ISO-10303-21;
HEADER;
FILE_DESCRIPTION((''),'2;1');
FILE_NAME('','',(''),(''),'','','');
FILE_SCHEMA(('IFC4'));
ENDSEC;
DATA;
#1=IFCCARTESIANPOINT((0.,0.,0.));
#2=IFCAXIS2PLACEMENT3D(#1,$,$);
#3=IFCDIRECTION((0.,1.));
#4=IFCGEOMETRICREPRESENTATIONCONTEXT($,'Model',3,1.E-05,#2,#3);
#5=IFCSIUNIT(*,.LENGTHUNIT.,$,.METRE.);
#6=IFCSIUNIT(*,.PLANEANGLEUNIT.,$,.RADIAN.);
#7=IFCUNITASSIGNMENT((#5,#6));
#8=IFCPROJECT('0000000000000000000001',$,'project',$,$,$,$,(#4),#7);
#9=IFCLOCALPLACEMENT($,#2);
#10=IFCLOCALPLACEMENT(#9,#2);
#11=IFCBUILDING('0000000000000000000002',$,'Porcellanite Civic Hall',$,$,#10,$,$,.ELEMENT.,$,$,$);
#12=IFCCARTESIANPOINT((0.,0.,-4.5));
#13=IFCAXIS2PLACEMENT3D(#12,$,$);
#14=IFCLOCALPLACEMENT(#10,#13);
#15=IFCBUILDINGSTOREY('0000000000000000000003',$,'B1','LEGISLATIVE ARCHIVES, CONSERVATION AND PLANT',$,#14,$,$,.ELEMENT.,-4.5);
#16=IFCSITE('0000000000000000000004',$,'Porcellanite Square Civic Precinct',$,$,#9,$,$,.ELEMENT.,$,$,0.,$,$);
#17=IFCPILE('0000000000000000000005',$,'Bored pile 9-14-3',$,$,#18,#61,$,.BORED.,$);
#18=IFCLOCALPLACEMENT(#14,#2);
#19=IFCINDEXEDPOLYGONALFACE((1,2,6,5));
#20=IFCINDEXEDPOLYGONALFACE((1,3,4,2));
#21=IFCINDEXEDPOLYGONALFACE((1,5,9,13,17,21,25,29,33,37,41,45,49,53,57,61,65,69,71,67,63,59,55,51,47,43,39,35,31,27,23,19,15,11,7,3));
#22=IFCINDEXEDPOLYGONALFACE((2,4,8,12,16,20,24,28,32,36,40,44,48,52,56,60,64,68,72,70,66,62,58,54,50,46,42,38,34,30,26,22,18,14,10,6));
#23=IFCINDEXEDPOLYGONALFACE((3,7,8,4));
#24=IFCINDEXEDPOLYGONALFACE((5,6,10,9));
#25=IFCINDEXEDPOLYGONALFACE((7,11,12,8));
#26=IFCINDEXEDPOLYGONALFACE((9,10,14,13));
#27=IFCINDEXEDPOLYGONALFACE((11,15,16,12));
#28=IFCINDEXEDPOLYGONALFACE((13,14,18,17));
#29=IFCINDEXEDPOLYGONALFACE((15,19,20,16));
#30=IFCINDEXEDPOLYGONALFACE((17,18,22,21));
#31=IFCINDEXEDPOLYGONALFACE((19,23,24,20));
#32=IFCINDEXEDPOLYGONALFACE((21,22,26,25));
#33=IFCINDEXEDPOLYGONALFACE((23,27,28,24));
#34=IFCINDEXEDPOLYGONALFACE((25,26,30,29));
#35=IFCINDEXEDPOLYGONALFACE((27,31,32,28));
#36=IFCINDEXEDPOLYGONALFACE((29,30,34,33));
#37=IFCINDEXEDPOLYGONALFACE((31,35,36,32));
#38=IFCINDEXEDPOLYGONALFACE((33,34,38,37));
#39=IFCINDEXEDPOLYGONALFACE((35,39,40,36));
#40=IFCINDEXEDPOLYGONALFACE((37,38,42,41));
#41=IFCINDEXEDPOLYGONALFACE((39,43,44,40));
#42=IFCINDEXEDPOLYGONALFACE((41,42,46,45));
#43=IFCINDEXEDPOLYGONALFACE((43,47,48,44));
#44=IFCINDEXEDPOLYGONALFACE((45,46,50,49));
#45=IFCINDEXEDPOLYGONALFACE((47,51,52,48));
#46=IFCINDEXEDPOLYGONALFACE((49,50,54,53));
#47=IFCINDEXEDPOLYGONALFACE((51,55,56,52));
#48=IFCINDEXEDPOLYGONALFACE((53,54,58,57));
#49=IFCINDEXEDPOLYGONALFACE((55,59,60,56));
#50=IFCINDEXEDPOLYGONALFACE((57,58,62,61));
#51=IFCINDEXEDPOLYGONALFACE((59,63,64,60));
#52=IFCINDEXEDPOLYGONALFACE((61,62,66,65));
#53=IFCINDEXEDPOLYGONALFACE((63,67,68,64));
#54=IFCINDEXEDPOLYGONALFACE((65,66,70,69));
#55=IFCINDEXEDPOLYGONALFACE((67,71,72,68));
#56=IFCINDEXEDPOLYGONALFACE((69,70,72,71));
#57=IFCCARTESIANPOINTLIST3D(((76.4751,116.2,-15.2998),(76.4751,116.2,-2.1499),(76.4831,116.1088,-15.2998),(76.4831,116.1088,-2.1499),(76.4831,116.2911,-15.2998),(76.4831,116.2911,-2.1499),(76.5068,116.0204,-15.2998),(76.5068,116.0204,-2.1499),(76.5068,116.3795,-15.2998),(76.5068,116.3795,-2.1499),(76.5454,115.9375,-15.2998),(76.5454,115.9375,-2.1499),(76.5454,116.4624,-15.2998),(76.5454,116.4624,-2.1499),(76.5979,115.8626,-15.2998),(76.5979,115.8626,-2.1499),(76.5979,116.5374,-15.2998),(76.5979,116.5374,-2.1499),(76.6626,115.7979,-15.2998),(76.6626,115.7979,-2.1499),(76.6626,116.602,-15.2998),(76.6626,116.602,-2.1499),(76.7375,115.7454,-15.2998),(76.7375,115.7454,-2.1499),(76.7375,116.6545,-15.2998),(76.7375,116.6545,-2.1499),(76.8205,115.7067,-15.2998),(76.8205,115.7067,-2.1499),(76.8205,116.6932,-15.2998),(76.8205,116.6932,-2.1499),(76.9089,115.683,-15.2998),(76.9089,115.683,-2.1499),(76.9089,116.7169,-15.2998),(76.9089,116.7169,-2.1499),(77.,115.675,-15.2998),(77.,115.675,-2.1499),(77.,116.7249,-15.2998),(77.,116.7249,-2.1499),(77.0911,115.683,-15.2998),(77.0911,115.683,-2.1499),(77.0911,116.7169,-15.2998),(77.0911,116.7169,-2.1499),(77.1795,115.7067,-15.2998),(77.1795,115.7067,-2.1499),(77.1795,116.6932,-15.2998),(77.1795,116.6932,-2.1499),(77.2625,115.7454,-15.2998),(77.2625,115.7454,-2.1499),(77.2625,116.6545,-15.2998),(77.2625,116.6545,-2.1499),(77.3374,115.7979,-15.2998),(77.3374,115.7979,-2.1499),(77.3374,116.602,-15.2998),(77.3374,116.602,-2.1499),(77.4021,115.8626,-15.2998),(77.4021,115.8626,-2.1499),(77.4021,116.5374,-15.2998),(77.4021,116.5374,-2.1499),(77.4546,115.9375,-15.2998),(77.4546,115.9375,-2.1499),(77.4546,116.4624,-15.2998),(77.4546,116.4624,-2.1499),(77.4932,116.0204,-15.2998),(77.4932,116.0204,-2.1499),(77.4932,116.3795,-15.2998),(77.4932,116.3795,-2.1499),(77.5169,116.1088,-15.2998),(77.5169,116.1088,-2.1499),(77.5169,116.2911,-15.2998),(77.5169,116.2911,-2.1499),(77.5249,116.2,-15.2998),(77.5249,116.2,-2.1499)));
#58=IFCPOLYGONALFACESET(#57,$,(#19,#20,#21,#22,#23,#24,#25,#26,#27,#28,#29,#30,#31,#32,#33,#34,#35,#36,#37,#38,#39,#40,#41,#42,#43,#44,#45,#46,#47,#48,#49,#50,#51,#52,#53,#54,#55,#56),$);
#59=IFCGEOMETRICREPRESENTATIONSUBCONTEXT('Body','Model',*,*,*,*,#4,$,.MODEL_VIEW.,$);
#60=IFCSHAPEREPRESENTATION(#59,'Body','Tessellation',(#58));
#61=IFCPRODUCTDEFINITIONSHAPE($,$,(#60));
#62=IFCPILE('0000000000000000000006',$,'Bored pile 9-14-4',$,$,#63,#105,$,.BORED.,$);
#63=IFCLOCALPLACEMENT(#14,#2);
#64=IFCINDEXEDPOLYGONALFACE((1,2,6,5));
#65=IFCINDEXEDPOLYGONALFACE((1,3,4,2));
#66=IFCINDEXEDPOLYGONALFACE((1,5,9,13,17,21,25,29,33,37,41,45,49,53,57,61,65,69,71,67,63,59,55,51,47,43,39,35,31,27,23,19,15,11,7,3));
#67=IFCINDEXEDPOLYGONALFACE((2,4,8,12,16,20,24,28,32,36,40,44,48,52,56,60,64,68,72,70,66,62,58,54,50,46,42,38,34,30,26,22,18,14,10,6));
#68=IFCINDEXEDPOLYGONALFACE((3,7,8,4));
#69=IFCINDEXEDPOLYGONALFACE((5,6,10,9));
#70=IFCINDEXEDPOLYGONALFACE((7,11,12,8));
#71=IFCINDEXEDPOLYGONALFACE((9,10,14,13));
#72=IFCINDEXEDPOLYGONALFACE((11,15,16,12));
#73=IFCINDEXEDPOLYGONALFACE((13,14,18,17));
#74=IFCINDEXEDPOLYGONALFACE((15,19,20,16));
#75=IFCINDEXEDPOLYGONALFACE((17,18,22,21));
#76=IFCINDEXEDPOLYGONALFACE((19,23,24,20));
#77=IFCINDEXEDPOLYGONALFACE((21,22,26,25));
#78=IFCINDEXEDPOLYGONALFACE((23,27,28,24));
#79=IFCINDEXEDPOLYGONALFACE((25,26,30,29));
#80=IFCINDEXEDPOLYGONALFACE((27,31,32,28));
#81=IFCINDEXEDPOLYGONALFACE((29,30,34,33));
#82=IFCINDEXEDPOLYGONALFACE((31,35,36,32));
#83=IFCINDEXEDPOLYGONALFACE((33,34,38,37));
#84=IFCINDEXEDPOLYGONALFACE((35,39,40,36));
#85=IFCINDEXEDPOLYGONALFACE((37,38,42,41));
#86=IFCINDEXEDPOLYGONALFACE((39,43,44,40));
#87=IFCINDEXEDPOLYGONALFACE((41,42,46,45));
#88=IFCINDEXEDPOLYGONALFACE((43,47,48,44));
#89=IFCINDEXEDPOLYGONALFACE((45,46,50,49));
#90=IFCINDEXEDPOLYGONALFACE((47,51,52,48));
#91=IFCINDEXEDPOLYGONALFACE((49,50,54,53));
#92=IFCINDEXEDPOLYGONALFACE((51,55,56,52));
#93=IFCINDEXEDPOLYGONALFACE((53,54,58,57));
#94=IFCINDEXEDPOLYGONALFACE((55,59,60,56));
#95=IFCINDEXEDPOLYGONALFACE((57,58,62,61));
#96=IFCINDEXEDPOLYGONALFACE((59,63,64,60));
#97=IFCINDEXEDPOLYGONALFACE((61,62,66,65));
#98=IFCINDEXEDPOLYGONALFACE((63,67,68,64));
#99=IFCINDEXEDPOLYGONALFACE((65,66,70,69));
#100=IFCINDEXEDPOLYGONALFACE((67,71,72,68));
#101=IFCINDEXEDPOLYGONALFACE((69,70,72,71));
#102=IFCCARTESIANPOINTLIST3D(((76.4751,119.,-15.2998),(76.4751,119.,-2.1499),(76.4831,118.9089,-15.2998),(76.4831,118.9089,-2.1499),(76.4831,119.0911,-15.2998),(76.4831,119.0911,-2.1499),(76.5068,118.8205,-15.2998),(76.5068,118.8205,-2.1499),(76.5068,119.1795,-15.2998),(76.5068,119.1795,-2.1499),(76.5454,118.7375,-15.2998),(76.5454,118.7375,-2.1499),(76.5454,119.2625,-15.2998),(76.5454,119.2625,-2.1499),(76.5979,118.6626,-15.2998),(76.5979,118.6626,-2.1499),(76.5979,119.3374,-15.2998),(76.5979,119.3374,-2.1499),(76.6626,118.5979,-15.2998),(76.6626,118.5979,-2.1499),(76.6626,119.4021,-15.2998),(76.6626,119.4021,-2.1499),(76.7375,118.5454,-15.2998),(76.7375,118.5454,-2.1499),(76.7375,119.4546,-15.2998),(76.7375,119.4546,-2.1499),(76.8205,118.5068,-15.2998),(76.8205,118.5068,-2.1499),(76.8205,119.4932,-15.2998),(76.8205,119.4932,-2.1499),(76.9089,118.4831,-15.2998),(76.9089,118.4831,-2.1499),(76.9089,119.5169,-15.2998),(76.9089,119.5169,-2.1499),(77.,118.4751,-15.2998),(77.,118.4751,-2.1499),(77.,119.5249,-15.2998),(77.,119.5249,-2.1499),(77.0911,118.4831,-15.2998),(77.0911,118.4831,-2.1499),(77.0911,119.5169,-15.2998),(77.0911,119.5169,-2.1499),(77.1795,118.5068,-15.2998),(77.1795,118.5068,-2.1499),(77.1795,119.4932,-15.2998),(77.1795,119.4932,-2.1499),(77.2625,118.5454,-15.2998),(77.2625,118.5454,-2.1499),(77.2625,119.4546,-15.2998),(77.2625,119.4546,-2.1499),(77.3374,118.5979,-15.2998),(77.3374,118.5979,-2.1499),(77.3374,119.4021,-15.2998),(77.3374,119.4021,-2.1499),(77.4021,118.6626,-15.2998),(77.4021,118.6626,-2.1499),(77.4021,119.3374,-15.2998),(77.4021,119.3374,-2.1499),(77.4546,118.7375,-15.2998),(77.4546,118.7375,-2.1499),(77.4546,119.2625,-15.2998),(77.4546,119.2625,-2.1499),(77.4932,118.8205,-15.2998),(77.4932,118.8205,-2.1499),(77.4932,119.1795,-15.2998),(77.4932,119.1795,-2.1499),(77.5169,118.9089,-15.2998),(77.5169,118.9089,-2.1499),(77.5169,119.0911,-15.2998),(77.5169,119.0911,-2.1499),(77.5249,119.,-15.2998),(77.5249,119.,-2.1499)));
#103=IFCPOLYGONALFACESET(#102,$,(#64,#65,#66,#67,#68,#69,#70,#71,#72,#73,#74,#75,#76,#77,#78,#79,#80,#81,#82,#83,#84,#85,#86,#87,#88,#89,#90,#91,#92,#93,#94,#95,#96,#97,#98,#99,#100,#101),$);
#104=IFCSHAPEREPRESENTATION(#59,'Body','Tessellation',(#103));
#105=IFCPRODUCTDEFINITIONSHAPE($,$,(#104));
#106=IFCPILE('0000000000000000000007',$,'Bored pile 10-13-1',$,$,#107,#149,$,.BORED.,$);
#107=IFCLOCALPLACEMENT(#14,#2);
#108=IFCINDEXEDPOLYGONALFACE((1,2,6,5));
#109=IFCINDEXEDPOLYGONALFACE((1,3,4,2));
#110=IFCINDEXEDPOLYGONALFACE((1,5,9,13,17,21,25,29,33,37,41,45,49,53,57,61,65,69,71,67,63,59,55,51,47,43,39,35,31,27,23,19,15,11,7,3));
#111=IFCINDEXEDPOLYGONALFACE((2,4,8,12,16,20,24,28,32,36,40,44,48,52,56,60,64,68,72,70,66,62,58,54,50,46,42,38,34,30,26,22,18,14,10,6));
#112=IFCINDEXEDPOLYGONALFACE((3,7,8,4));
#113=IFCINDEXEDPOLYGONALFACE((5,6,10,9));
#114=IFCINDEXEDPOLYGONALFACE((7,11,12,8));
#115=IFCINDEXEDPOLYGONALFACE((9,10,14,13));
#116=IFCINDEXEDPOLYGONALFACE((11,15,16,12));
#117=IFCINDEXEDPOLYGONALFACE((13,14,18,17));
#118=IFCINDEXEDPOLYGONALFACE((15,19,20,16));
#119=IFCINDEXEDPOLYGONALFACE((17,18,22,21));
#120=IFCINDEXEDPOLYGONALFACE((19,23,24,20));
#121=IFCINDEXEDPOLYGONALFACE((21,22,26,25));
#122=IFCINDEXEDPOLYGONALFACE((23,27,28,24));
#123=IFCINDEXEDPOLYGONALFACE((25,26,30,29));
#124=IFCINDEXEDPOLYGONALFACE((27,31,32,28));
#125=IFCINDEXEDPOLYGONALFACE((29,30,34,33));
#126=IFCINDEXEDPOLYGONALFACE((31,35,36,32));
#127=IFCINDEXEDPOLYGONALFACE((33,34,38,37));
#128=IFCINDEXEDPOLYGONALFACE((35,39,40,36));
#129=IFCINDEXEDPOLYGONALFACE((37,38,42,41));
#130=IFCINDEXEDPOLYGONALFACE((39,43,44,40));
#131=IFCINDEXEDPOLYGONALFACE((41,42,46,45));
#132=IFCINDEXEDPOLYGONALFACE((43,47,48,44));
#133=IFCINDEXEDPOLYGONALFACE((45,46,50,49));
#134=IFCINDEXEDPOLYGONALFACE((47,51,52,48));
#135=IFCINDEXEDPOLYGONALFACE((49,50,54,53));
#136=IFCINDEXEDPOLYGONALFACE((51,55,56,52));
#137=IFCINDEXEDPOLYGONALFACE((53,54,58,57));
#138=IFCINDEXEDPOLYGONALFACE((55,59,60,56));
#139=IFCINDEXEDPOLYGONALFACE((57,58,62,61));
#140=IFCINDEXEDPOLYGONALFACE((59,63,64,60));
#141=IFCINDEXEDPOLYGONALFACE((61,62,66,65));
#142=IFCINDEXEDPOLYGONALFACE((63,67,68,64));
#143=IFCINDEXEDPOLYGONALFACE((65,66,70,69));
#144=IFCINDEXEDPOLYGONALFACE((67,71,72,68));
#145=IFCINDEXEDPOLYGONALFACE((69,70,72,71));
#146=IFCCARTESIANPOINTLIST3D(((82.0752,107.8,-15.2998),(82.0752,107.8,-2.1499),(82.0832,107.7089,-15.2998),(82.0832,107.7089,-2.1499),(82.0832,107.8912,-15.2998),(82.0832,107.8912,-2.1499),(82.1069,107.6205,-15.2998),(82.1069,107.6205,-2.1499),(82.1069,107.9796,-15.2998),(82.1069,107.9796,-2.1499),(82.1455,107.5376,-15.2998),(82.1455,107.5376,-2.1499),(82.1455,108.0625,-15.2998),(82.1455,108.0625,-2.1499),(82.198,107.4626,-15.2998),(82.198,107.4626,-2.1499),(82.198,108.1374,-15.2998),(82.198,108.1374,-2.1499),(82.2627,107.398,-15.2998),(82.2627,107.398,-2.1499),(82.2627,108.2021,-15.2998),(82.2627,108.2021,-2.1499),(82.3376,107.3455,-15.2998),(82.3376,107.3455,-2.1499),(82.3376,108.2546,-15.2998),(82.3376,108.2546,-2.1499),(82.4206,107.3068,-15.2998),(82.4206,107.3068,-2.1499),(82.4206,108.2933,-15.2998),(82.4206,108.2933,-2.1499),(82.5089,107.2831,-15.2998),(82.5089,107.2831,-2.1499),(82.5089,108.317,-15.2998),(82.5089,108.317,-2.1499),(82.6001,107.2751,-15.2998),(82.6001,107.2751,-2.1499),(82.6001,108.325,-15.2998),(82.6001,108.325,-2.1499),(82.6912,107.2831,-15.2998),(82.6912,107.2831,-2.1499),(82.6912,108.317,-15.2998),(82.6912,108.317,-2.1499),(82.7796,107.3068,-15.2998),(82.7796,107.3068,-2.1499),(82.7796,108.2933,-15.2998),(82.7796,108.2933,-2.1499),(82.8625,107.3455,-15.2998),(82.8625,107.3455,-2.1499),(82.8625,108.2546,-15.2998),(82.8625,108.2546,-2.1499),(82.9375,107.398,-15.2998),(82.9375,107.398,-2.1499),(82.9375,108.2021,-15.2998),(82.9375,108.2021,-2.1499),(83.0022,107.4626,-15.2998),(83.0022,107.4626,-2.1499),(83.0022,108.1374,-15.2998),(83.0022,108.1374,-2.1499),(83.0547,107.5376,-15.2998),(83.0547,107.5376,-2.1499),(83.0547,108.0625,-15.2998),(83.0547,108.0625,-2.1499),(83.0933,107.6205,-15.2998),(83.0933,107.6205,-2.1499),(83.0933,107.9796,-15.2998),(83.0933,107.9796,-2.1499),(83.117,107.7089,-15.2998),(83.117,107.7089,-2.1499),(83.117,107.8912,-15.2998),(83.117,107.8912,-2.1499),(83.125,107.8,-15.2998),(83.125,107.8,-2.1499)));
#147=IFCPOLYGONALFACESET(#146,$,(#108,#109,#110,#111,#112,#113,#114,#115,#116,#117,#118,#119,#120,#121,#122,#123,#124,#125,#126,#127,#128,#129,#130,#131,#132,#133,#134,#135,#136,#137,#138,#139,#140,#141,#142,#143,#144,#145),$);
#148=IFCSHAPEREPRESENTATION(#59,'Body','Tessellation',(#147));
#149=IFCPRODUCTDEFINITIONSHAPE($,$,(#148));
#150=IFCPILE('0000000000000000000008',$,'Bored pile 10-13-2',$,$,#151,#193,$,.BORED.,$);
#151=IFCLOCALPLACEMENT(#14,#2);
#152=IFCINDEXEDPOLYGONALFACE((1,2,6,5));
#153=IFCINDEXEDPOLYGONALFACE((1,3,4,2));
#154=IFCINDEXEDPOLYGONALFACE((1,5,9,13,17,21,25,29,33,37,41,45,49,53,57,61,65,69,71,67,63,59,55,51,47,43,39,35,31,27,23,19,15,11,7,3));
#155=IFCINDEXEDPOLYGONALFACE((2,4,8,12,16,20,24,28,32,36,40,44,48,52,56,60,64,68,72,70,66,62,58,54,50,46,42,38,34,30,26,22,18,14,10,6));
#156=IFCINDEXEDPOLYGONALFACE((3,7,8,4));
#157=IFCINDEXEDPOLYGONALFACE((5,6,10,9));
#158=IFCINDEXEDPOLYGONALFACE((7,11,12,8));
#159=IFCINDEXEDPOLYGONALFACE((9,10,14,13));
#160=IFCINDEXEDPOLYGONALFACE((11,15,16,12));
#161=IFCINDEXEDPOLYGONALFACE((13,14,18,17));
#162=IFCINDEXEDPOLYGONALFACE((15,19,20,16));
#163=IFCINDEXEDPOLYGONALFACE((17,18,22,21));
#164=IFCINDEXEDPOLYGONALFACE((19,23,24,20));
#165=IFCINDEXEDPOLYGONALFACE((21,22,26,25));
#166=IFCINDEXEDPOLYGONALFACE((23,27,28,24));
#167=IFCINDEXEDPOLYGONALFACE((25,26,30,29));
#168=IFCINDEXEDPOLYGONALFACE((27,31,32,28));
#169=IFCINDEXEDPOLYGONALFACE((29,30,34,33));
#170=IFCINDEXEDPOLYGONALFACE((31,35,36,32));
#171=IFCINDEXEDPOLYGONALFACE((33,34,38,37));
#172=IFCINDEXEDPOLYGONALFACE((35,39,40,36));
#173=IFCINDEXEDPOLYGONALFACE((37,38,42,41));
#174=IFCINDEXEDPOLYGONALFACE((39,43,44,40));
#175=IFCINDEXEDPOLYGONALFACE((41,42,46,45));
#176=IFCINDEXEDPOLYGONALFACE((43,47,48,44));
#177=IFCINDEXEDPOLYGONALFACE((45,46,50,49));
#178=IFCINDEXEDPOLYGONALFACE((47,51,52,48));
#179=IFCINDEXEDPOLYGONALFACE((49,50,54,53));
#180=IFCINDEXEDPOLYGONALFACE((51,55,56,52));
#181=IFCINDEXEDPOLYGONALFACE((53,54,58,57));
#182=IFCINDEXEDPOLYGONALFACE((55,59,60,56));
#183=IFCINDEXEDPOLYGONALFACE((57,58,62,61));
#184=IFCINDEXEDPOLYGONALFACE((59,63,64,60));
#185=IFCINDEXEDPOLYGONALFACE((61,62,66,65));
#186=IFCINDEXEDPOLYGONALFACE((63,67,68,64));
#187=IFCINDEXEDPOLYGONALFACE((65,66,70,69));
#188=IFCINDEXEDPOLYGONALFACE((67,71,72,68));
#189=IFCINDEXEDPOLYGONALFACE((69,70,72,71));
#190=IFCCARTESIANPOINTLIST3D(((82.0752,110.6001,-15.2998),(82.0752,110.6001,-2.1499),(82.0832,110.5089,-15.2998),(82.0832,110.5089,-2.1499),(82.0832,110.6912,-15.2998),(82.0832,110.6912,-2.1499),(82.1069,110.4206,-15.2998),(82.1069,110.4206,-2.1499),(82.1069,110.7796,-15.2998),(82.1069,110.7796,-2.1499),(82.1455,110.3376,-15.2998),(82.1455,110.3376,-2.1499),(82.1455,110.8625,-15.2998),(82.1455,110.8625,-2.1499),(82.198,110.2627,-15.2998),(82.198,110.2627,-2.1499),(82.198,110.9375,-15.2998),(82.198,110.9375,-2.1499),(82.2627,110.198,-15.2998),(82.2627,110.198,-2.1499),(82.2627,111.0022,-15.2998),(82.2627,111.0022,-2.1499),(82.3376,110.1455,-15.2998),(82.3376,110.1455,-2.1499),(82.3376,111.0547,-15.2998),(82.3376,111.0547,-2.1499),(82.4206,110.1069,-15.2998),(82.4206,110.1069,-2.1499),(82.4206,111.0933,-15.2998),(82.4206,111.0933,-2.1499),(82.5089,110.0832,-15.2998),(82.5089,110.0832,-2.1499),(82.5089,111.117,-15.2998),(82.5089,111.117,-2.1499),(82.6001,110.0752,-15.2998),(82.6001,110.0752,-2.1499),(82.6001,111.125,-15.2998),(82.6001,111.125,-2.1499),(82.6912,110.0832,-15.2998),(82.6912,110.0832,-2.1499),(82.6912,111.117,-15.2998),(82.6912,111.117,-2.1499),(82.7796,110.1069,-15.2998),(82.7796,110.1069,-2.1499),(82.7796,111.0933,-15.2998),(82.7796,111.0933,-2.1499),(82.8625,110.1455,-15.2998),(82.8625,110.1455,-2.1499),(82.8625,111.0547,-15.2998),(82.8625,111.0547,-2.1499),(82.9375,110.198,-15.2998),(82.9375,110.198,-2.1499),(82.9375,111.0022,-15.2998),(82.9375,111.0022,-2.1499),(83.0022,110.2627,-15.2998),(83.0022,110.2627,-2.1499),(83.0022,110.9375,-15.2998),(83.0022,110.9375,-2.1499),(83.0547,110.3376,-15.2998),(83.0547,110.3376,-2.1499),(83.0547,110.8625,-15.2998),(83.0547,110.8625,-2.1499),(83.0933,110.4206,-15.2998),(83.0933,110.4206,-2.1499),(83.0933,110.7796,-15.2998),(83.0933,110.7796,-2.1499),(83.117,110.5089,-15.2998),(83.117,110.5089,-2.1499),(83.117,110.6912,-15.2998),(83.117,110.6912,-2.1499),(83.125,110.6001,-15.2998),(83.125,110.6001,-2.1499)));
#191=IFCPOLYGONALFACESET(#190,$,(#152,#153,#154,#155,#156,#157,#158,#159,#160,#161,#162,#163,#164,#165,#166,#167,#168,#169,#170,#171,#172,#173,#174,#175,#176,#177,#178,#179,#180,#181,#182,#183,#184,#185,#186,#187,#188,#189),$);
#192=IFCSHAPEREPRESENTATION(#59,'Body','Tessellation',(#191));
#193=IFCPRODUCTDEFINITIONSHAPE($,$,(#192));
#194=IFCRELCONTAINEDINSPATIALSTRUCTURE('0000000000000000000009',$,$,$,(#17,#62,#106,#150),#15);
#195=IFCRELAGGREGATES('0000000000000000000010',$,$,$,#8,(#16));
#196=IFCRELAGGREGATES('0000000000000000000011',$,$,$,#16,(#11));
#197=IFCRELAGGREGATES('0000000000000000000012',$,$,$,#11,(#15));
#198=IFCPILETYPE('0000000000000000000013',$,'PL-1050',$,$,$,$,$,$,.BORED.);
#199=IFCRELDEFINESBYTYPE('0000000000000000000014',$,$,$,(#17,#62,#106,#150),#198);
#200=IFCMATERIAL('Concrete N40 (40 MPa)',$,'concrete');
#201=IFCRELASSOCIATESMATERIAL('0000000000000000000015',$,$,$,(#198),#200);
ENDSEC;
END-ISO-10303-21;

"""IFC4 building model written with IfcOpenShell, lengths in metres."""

from ifc_helpers import new_model, si_unit, direction, frame, origin, origin_2d, place, context, subcontext, project, spatial, circle, extrude, material, material_profile, profile_set, type_object, element, save


model = new_model("IFC4")

# Units and contexts
model_context = context("Model", 3, precision=1e-05, world=origin(), true_north=direction((0.0, 1.0)))
body_context = subcontext(model_context, "Body", "Model", "MODEL_VIEW")
ifc_project = project(units=[si_unit("LENGTHUNIT", "METRE"), si_unit("PLANEANGLEUNIT", "RADIAN")], contexts=[model_context])

# Site, building, storey
site_placement = place(None, origin())
site = spatial("IfcSite", under=ifc_project, at=site_placement, Name="Porcellanite Square Civic Precinct", CompositionType="ELEMENT", RefElevation=0.0)
building_placement = place(site_placement, origin())
building = spatial("IfcBuilding", under=site, at=building_placement, Name="Porcellanite Civic Hall", CompositionType="ELEMENT")
storey_placement = place(building_placement, frame((0.0, 0.0, -4.5)))
storey = spatial("IfcBuildingStorey", under=building, at=storey_placement, Name="B1", Description="LEGISLATIVE ARCHIVES, CONSERVATION AND PLANT", CompositionType="ELEMENT", Elevation=-4.5)

# Piles
ifc_material_1 = material(Name="Concrete N40 (40 MPa)", Category="concrete")
ifc_material_profile_1 = material_profile(ifc_material_1, circle(Radius=0.5249, at=origin_2d()), Name="PILE-D1050")
ifc_profile_set_1 = profile_set([ifc_material_profile_1], Name="Concrete N40 (40 MPa)")
pile_type = type_object("IfcPileType", Name="PL-1050", PredefinedType="BORED", material=ifc_profile_set_1)
for number, where, z_axis, x_axis, name in (
    (1, (77.0, 116.2, -2.1499), (0.0, 0.0, -1.0), (1.0, 0.0, 0.0), "Bored pile 9-14-3"),
    (2, (77.0, 119.0, -2.1499), (0.0, 0.0, -1.0), (1.0, 0.0, 0.0), "Bored pile 9-14-4"),
    (3, (82.6001, 107.8, -2.1499), (0.0, 0.0, -1.0), (1.0, 0.0, 0.0), "Bored pile 10-13-1"),
    (4, (82.6001, 110.6001, -2.1499), (0.0, 0.0, -1.0), (1.0, 0.0, 0.0), "Bored pile 10-13-2"),
):
    element("IfcPile", number, at=place(storey_placement, frame(where, z_axis=z_axis, x_axis=x_axis)), inside=storey, type_object=pile_type, Name=name, PredefinedType="BORED", context=body_context, shape_type="SweptSolid", body=[
        extrude(circle(Radius=0.5249, at=origin_2d()), origin(), (0.0, 0.0, 1.0), 13.1499),
    ])

save(model, "model.ifc")
